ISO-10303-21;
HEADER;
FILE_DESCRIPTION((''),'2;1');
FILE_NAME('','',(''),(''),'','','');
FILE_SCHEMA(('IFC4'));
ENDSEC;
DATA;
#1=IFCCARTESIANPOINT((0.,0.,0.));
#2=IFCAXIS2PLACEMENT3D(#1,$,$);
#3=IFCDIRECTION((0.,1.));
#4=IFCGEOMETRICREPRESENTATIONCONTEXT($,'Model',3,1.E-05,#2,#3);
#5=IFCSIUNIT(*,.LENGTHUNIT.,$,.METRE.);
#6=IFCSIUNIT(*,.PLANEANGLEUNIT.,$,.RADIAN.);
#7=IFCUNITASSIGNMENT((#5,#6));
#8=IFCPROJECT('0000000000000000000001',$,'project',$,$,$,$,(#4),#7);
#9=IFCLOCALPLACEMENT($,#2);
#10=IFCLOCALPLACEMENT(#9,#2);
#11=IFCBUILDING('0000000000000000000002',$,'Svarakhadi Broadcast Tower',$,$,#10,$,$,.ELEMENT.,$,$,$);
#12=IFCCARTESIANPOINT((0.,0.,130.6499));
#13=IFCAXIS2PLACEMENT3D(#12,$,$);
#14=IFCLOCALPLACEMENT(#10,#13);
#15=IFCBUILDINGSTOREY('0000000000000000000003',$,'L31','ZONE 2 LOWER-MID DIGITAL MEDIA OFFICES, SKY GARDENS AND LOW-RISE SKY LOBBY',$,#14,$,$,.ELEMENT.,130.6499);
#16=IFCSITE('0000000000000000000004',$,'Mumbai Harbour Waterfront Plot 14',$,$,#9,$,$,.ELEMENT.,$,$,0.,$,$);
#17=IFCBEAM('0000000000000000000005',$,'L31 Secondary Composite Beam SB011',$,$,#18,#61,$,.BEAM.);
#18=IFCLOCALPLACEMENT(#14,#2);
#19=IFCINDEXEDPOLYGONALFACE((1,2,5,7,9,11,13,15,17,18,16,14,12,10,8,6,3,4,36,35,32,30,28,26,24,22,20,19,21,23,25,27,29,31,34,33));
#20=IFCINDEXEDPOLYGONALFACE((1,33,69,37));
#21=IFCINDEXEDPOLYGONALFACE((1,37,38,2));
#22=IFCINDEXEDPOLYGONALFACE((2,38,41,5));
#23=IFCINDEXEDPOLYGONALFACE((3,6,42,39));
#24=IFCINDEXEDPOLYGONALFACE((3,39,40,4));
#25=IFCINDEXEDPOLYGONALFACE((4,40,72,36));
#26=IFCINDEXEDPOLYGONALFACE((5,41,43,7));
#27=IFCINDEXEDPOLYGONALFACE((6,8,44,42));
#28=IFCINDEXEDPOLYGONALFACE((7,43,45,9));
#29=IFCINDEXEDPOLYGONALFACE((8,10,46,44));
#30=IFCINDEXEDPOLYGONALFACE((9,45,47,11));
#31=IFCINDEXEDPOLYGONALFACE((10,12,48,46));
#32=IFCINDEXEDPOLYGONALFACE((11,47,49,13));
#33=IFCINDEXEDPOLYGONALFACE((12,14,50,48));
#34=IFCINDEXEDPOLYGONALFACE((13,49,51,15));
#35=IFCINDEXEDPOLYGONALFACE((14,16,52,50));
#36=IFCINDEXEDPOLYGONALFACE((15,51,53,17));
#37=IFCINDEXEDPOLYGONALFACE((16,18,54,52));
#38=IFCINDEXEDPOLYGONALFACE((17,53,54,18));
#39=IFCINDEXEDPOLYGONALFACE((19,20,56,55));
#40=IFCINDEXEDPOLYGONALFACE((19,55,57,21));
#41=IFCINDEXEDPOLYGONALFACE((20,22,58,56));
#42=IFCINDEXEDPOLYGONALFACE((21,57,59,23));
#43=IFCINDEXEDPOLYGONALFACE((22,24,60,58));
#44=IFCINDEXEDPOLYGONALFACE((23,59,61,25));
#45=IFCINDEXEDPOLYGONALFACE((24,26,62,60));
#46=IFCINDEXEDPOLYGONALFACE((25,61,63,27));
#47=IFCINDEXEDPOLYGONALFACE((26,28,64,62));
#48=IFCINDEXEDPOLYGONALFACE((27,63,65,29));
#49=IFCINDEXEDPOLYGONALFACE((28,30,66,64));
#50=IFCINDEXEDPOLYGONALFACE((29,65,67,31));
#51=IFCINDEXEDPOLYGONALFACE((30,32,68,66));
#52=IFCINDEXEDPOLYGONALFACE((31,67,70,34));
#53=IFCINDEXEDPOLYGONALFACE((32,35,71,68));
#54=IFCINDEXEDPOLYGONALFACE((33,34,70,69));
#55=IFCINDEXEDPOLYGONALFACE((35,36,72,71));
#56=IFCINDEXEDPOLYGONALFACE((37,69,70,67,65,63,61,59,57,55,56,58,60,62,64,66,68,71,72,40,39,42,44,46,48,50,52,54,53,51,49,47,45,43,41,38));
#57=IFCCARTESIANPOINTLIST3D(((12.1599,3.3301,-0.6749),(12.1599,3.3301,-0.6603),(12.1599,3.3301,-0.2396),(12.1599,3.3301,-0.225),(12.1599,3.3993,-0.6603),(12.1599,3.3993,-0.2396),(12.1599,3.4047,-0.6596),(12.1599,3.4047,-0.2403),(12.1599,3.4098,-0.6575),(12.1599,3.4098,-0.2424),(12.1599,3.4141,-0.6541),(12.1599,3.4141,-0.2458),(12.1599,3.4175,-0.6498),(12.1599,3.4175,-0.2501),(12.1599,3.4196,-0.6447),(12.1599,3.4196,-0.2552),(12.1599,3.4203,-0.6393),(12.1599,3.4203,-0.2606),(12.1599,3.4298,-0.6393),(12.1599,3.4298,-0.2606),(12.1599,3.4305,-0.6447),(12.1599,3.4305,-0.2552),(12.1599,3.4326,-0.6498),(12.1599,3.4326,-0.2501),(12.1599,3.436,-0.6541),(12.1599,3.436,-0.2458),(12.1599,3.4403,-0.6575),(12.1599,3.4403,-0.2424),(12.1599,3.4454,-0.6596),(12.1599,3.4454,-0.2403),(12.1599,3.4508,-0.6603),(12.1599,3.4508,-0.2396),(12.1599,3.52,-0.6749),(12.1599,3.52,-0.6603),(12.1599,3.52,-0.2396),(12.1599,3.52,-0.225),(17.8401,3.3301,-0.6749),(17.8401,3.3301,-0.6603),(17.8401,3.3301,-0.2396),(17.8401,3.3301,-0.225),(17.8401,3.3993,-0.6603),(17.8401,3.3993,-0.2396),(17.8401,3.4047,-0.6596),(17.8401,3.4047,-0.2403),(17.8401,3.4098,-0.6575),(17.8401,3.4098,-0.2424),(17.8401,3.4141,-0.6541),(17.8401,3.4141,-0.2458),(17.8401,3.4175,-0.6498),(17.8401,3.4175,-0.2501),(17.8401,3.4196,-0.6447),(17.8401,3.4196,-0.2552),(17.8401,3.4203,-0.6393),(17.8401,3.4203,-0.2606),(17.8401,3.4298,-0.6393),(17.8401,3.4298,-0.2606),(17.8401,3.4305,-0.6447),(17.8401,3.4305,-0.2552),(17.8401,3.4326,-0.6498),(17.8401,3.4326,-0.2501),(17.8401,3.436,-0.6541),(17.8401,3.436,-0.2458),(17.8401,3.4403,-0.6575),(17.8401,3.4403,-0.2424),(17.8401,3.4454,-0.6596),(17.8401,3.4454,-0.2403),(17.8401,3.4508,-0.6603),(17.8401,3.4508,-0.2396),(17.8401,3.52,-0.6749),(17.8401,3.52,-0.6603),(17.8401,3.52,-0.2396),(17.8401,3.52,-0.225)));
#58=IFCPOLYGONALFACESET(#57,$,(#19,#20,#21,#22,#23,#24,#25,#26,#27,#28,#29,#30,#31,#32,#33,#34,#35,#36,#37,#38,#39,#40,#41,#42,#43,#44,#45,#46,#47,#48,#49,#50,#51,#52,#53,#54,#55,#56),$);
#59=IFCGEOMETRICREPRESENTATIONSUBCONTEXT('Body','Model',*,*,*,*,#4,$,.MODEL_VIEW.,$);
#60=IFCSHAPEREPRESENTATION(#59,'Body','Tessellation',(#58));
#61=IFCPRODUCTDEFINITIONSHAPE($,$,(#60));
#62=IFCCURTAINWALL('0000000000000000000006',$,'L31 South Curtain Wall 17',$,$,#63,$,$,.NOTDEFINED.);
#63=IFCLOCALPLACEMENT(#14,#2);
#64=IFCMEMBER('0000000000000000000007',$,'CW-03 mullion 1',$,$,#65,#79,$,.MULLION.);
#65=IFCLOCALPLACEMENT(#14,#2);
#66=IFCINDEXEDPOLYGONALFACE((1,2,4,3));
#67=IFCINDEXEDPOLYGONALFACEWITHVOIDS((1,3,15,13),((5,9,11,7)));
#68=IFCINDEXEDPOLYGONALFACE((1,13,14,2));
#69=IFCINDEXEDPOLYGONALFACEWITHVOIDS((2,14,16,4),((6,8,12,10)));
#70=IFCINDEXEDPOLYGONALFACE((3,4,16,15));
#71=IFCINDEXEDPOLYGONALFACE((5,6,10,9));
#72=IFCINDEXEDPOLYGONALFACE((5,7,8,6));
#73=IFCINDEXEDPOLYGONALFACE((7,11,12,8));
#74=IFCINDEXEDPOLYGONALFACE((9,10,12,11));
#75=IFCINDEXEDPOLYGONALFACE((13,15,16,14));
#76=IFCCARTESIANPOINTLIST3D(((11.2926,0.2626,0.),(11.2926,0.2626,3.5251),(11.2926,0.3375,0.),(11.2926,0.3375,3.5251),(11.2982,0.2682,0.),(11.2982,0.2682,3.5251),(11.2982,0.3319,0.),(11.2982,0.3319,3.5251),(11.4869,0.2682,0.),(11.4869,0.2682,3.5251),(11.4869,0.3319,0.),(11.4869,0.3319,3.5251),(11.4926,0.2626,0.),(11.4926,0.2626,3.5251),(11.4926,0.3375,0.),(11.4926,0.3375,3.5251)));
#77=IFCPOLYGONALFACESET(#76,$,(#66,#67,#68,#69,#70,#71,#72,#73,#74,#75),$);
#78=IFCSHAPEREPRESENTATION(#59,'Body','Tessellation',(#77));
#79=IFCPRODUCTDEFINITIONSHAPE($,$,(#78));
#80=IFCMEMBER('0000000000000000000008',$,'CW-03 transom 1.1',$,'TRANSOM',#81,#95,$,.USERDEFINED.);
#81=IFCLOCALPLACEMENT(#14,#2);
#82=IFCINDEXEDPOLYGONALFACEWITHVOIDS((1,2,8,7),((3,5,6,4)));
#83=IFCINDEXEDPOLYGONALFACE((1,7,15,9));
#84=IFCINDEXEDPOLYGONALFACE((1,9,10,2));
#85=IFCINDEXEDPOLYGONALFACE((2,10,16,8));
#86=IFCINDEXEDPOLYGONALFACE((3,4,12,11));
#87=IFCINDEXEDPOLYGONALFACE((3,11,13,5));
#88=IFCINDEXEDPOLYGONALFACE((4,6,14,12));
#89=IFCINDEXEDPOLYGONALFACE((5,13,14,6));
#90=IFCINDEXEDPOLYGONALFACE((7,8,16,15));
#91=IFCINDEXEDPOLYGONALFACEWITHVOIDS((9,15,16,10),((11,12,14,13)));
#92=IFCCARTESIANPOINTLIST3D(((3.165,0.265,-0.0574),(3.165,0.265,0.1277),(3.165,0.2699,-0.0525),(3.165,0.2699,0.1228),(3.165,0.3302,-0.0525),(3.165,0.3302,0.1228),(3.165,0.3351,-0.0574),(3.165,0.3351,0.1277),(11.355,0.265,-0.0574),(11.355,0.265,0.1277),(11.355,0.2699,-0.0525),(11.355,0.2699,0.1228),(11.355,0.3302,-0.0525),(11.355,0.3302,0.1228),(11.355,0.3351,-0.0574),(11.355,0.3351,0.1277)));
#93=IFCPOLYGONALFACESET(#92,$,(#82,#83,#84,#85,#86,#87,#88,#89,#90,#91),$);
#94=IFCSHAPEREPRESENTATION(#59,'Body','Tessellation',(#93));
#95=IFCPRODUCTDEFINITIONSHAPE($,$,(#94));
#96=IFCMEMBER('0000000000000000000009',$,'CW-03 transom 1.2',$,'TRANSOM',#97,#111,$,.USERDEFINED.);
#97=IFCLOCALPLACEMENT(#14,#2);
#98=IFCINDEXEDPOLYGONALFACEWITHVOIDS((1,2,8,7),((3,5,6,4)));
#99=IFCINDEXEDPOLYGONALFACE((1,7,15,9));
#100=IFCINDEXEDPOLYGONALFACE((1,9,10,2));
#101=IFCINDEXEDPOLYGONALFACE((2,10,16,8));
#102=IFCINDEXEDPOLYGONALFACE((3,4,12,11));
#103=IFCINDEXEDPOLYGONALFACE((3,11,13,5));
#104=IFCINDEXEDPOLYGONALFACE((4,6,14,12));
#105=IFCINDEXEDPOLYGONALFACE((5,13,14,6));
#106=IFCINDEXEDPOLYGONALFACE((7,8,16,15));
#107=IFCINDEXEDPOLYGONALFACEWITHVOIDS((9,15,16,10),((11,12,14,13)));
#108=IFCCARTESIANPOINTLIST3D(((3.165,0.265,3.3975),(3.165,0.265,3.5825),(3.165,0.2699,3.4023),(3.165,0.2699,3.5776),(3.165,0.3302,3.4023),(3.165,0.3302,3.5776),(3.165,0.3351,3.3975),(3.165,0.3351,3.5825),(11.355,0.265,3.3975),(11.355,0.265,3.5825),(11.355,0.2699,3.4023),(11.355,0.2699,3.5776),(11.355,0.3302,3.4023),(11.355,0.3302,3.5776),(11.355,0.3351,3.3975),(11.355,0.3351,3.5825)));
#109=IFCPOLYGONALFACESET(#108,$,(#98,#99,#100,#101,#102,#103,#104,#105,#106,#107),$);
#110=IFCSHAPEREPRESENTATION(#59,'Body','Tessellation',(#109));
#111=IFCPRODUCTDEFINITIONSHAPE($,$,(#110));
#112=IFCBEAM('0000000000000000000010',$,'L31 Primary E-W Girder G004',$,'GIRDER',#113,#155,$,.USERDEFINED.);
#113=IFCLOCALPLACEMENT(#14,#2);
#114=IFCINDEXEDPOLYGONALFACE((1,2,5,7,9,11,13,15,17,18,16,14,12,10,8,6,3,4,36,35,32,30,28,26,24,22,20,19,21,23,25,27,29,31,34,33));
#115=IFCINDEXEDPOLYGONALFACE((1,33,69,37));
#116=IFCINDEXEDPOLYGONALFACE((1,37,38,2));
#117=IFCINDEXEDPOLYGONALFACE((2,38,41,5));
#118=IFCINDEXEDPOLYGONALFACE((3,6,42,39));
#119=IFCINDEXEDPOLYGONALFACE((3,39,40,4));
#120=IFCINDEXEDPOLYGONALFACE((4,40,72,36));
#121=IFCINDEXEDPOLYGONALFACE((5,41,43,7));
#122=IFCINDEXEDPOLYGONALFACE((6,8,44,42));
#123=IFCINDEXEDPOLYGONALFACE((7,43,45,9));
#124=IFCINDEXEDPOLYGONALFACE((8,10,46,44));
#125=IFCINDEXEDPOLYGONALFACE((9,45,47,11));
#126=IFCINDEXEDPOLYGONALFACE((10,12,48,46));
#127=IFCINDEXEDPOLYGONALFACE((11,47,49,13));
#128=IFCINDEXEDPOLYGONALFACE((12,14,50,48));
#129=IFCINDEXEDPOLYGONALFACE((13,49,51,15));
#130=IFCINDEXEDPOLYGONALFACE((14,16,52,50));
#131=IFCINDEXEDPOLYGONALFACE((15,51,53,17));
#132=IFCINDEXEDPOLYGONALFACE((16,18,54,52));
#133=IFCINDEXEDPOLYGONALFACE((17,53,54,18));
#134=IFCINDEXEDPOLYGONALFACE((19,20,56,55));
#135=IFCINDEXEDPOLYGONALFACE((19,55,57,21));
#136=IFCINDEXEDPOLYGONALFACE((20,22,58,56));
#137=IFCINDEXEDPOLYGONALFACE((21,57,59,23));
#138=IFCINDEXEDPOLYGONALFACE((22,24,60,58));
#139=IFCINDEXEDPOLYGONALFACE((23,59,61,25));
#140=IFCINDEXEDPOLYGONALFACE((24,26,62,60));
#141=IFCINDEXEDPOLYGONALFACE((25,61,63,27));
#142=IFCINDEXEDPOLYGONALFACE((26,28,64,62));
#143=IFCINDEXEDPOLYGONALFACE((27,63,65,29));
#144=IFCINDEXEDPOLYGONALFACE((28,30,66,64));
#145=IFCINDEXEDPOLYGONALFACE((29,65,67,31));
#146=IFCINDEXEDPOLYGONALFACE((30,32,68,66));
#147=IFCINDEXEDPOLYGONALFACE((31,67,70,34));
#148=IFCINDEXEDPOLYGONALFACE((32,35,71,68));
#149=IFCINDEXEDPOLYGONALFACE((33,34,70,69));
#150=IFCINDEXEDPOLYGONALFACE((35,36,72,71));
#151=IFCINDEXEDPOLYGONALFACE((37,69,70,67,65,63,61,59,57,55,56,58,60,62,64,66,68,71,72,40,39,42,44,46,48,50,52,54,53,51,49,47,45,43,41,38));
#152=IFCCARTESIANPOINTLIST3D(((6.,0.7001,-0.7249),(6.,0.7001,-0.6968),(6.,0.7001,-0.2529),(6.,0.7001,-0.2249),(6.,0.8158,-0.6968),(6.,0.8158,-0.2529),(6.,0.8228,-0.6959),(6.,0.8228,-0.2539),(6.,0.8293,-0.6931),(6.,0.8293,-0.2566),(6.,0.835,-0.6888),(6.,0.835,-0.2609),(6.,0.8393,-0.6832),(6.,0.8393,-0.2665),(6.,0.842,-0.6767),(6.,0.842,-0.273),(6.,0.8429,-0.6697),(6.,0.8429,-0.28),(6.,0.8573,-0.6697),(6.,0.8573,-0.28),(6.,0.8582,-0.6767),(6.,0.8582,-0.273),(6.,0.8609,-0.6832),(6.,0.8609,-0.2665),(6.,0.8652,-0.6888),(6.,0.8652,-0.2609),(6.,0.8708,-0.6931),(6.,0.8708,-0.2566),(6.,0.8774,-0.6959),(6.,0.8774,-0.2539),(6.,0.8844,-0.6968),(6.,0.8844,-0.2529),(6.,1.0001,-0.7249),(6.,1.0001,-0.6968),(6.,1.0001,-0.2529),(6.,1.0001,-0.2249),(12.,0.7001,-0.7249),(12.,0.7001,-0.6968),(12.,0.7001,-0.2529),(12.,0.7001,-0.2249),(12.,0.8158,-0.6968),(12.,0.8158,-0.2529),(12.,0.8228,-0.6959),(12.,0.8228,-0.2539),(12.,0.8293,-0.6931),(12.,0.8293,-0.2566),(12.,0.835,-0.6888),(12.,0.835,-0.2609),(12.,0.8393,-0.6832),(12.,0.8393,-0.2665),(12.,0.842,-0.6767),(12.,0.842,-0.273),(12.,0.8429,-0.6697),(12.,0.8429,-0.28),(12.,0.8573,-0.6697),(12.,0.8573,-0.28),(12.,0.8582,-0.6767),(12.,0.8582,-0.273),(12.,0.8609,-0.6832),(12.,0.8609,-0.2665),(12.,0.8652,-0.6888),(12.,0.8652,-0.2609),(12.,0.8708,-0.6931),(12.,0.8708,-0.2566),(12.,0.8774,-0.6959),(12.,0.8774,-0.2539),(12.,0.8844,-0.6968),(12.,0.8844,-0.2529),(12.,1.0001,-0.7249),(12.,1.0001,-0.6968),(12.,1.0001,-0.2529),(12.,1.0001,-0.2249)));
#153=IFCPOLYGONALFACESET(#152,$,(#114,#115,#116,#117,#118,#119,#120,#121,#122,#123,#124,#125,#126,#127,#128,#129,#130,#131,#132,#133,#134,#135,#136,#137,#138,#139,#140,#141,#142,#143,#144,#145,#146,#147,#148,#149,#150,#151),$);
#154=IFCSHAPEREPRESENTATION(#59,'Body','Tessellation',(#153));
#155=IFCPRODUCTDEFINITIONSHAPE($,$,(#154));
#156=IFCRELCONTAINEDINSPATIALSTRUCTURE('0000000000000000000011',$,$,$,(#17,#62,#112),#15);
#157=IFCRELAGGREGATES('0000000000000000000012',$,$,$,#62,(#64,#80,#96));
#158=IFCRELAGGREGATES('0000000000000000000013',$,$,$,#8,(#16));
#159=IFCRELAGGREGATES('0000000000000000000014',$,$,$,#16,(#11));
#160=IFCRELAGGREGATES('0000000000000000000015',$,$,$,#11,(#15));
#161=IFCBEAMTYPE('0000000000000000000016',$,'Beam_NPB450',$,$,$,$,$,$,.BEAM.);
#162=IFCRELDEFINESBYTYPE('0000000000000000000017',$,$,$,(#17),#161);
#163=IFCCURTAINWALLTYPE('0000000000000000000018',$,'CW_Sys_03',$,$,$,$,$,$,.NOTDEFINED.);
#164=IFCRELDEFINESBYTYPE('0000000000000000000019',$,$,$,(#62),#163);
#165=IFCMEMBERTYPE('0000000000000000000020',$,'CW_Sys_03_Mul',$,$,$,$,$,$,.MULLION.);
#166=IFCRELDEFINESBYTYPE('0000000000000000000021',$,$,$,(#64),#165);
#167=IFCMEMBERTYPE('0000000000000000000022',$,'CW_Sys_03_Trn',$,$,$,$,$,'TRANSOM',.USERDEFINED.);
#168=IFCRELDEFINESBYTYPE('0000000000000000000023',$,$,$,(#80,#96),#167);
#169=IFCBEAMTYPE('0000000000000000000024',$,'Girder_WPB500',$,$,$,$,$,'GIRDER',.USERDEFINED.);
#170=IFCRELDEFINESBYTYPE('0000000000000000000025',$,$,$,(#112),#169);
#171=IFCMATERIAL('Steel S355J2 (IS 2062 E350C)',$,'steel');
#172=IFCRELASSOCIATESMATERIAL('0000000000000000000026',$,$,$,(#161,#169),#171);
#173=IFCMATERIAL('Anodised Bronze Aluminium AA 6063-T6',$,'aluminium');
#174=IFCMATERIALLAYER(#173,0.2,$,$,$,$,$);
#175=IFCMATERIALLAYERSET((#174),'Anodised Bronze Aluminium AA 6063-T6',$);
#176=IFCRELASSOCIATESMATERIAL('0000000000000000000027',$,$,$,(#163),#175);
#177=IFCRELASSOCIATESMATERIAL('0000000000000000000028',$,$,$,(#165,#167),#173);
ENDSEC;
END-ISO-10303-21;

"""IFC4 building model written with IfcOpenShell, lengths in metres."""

from ifc_helpers import new_model, si_unit, direction, frame, origin, origin_2d, place, context, subcontext, project, spatial, hollow_rectangle, i_section, extrude, material, layer, layer_set, material_profile, profile_set, type_object, element, aggregate, save


model = new_model("IFC4")

# Units and contexts
model_context = context("Model", 3, precision=1e-05, world=origin(), true_north=direction((0.0, 1.0)))
body_context = subcontext(model_context, "Body", "Model", "MODEL_VIEW")
ifc_project = project(units=[si_unit("LENGTHUNIT", "METRE"), si_unit("PLANEANGLEUNIT", "RADIAN")], contexts=[model_context])

# Site, building, storey
site_placement = place(None, origin())
site = spatial("IfcSite", under=ifc_project, at=site_placement, Name="Mumbai Harbour Waterfront Plot 14", CompositionType="ELEMENT", RefElevation=0.0)
building_placement = place(site_placement, origin())
building = spatial("IfcBuilding", under=site, at=building_placement, Name="Svarakhadi Broadcast Tower", CompositionType="ELEMENT")
storey_placement = place(building_placement, frame((0.0, 0.0, 130.6499)))
storey = spatial("IfcBuildingStorey", under=building, at=storey_placement, Name="L31", Description="ZONE 2 LOWER-MID DIGITAL MEDIA OFFICES, SKY GARDENS AND LOW-RISE SKY LOBBY", CompositionType="ELEMENT", Elevation=130.6499)

# Beam
ifc_material_1 = material(Name="Steel S355J2 (IS 2062 E350C)", Category="steel")
ifc_material_profile_1 = material_profile(ifc_material_1, i_section(OverallWidth=0.1899, OverallDepth=0.45, WebThickness=0.0095, FlangeThickness=0.0146, FilletRadius=0.021, at=origin_2d()), Name="NPB 450x190x78")
ifc_profile_set_1 = profile_set([ifc_material_profile_1], Name="Steel S355J2 (IS 2062 E350C)")
beam_type_1 = type_object("IfcBeamType", Name="Beam_NPB450", PredefinedType="BEAM", material=ifc_profile_set_1)
for number, where, z_axis, x_axis, name in (
    (1, (12.1599, 3.425, -0.45), (1.0, 0.0, 0.0), (0.0, 1.0, 0.0), "L31 Secondary Composite Beam SB011"),
):
    element("IfcBeam", number, at=place(storey_placement, frame(where, z_axis=z_axis, x_axis=x_axis)), inside=storey, type_object=beam_type_1, Name=name, PredefinedType="BEAM", context=body_context, shape_type="SweptSolid", body=[
        extrude(i_section(OverallWidth=0.1899, OverallDepth=0.45, WebThickness=0.0095, FlangeThickness=0.0146, FilletRadius=0.021, at=origin_2d()), origin(), (0.0, 0.0, 1.0), 5.6802),
    ])

# Curtain wall, members
ifc_material_2 = material(Name="Anodised Bronze Aluminium AA 6063-T6", Category="aluminium")
ifc_layer_1 = layer(ifc_material_2, 0.2)
ifc_layer_set_1 = layer_set([ifc_layer_1], Name="Anodised Bronze Aluminium AA 6063-T6")
curtain_wall_type = type_object("IfcCurtainWallType", Name="CW_Sys_03", PredefinedType="NOTDEFINED", material=ifc_layer_set_1)
curtain_wall_placement = place(storey_placement, origin())
curtain_wall = element("IfcCurtainWall", 2, at=curtain_wall_placement, inside=storey, type_object=curtain_wall_type, Name="L31 South Curtain Wall 17", PredefinedType="NOTDEFINED")
ifc_material_profile_2 = material_profile(ifc_material_2, hollow_rectangle(XDim=0.075, YDim=0.2, WallThickness=0.0056, at=origin_2d()), Name="ALU MULLION 200x75x6")
ifc_profile_set_2 = profile_set([ifc_material_profile_2], Name="Anodised Bronze Aluminium AA 6063-T6")
member_type_1 = type_object("IfcMemberType", Name="CW_Sys_03_Mul", PredefinedType="MULLION", material=ifc_profile_set_2)
member_1_placement = place(storey_placement, frame((11.3926, 0.3, 0.0), z_axis=(0.0, 0.0, 1.0), x_axis=(0.0, -1.0, 0.0)))
member_1 = element("IfcMember", 3, at=member_1_placement, type_object=member_type_1, Name="CW-03 mullion 1", PredefinedType="MULLION", context=body_context, shape_type="SweptSolid", body=[
    extrude(hollow_rectangle(XDim=0.075, YDim=0.2, WallThickness=0.0056, at=origin_2d()), origin(), (0.0, 0.0, 1.0), 3.5251),
])
ifc_material_profile_3 = material_profile(ifc_material_2, hollow_rectangle(XDim=0.0701, YDim=0.1851, WallThickness=0.0049, at=origin_2d()), Name="ALU TRANSOM 185x70x5")
ifc_profile_set_3 = profile_set([ifc_material_profile_3], Name="Anodised Bronze Aluminium AA 6063-T6")
member_type_2 = type_object("IfcMemberType", Name="CW_Sys_03_Trn", ElementType="TRANSOM", PredefinedType="USERDEFINED", material=ifc_profile_set_3)
member_2_placement = place(storey_placement, frame((11.355, 0.3, 0.0352), z_axis=(-1.0, 0.0, 0.0), x_axis=(0.0, -1.0, 0.0)))
member_2 = element("IfcMember", 4, at=member_2_placement, type_object=member_type_2, Name="CW-03 transom 1.1", ObjectType="TRANSOM", PredefinedType="USERDEFINED", context=body_context, shape_type="SweptSolid", body=[
    extrude(hollow_rectangle(XDim=0.0701, YDim=0.1851, WallThickness=0.0049, at=origin_2d()), origin(), (0.0, 0.0, 1.0), 8.1899),
])
member_3_placement = place(storey_placement, frame((11.355, 0.3, 3.49), z_axis=(-1.0, 0.0, 0.0), x_axis=(0.0, -1.0, 0.0)))
member_3 = element("IfcMember", 5, at=member_3_placement, type_object=member_type_2, Name="CW-03 transom 1.2", ObjectType="TRANSOM", PredefinedType="USERDEFINED", context=body_context, shape_type="SweptSolid", body=[
    extrude(hollow_rectangle(XDim=0.0701, YDim=0.1851, WallThickness=0.0049, at=origin_2d()), origin(), (0.0, 0.0, 1.0), 8.1899),
])

# Beam
ifc_material_profile_4 = material_profile(ifc_material_1, i_section(OverallWidth=0.3, OverallDepth=0.5, WebThickness=0.0144, FlangeThickness=0.0281, FilletRadius=0.0271, at=origin_2d()), Name="WPB 500x300x187")
ifc_profile_set_4 = profile_set([ifc_material_profile_4], Name="Steel S355J2 (IS 2062 E350C)")
beam_type_2 = type_object("IfcBeamType", Name="Girder_WPB500", ElementType="GIRDER", PredefinedType="USERDEFINED", material=ifc_profile_set_4)
for number, where, z_axis, x_axis, name in (
    (6, (6.0, 0.8501, -0.4749), (1.0, 0.0, 0.0), (0.0, 1.0, 0.0), "L31 Primary E-W Girder G004"),
):
    element("IfcBeam", number, at=place(storey_placement, frame(where, z_axis=z_axis, x_axis=x_axis)), inside=storey, type_object=beam_type_2, Name=name, ObjectType="GIRDER", PredefinedType="USERDEFINED", context=body_context, shape_type="SweptSolid", body=[
        extrude(i_section(OverallWidth=0.3, OverallDepth=0.5, WebThickness=0.0144, FlangeThickness=0.0281, FilletRadius=0.0271, at=origin_2d()), origin(), (0.0, 0.0, 1.0), 6.0),
    ])

aggregate(curtain_wall, [member_1, member_2, member_3])

save(model, "model.ifc")
